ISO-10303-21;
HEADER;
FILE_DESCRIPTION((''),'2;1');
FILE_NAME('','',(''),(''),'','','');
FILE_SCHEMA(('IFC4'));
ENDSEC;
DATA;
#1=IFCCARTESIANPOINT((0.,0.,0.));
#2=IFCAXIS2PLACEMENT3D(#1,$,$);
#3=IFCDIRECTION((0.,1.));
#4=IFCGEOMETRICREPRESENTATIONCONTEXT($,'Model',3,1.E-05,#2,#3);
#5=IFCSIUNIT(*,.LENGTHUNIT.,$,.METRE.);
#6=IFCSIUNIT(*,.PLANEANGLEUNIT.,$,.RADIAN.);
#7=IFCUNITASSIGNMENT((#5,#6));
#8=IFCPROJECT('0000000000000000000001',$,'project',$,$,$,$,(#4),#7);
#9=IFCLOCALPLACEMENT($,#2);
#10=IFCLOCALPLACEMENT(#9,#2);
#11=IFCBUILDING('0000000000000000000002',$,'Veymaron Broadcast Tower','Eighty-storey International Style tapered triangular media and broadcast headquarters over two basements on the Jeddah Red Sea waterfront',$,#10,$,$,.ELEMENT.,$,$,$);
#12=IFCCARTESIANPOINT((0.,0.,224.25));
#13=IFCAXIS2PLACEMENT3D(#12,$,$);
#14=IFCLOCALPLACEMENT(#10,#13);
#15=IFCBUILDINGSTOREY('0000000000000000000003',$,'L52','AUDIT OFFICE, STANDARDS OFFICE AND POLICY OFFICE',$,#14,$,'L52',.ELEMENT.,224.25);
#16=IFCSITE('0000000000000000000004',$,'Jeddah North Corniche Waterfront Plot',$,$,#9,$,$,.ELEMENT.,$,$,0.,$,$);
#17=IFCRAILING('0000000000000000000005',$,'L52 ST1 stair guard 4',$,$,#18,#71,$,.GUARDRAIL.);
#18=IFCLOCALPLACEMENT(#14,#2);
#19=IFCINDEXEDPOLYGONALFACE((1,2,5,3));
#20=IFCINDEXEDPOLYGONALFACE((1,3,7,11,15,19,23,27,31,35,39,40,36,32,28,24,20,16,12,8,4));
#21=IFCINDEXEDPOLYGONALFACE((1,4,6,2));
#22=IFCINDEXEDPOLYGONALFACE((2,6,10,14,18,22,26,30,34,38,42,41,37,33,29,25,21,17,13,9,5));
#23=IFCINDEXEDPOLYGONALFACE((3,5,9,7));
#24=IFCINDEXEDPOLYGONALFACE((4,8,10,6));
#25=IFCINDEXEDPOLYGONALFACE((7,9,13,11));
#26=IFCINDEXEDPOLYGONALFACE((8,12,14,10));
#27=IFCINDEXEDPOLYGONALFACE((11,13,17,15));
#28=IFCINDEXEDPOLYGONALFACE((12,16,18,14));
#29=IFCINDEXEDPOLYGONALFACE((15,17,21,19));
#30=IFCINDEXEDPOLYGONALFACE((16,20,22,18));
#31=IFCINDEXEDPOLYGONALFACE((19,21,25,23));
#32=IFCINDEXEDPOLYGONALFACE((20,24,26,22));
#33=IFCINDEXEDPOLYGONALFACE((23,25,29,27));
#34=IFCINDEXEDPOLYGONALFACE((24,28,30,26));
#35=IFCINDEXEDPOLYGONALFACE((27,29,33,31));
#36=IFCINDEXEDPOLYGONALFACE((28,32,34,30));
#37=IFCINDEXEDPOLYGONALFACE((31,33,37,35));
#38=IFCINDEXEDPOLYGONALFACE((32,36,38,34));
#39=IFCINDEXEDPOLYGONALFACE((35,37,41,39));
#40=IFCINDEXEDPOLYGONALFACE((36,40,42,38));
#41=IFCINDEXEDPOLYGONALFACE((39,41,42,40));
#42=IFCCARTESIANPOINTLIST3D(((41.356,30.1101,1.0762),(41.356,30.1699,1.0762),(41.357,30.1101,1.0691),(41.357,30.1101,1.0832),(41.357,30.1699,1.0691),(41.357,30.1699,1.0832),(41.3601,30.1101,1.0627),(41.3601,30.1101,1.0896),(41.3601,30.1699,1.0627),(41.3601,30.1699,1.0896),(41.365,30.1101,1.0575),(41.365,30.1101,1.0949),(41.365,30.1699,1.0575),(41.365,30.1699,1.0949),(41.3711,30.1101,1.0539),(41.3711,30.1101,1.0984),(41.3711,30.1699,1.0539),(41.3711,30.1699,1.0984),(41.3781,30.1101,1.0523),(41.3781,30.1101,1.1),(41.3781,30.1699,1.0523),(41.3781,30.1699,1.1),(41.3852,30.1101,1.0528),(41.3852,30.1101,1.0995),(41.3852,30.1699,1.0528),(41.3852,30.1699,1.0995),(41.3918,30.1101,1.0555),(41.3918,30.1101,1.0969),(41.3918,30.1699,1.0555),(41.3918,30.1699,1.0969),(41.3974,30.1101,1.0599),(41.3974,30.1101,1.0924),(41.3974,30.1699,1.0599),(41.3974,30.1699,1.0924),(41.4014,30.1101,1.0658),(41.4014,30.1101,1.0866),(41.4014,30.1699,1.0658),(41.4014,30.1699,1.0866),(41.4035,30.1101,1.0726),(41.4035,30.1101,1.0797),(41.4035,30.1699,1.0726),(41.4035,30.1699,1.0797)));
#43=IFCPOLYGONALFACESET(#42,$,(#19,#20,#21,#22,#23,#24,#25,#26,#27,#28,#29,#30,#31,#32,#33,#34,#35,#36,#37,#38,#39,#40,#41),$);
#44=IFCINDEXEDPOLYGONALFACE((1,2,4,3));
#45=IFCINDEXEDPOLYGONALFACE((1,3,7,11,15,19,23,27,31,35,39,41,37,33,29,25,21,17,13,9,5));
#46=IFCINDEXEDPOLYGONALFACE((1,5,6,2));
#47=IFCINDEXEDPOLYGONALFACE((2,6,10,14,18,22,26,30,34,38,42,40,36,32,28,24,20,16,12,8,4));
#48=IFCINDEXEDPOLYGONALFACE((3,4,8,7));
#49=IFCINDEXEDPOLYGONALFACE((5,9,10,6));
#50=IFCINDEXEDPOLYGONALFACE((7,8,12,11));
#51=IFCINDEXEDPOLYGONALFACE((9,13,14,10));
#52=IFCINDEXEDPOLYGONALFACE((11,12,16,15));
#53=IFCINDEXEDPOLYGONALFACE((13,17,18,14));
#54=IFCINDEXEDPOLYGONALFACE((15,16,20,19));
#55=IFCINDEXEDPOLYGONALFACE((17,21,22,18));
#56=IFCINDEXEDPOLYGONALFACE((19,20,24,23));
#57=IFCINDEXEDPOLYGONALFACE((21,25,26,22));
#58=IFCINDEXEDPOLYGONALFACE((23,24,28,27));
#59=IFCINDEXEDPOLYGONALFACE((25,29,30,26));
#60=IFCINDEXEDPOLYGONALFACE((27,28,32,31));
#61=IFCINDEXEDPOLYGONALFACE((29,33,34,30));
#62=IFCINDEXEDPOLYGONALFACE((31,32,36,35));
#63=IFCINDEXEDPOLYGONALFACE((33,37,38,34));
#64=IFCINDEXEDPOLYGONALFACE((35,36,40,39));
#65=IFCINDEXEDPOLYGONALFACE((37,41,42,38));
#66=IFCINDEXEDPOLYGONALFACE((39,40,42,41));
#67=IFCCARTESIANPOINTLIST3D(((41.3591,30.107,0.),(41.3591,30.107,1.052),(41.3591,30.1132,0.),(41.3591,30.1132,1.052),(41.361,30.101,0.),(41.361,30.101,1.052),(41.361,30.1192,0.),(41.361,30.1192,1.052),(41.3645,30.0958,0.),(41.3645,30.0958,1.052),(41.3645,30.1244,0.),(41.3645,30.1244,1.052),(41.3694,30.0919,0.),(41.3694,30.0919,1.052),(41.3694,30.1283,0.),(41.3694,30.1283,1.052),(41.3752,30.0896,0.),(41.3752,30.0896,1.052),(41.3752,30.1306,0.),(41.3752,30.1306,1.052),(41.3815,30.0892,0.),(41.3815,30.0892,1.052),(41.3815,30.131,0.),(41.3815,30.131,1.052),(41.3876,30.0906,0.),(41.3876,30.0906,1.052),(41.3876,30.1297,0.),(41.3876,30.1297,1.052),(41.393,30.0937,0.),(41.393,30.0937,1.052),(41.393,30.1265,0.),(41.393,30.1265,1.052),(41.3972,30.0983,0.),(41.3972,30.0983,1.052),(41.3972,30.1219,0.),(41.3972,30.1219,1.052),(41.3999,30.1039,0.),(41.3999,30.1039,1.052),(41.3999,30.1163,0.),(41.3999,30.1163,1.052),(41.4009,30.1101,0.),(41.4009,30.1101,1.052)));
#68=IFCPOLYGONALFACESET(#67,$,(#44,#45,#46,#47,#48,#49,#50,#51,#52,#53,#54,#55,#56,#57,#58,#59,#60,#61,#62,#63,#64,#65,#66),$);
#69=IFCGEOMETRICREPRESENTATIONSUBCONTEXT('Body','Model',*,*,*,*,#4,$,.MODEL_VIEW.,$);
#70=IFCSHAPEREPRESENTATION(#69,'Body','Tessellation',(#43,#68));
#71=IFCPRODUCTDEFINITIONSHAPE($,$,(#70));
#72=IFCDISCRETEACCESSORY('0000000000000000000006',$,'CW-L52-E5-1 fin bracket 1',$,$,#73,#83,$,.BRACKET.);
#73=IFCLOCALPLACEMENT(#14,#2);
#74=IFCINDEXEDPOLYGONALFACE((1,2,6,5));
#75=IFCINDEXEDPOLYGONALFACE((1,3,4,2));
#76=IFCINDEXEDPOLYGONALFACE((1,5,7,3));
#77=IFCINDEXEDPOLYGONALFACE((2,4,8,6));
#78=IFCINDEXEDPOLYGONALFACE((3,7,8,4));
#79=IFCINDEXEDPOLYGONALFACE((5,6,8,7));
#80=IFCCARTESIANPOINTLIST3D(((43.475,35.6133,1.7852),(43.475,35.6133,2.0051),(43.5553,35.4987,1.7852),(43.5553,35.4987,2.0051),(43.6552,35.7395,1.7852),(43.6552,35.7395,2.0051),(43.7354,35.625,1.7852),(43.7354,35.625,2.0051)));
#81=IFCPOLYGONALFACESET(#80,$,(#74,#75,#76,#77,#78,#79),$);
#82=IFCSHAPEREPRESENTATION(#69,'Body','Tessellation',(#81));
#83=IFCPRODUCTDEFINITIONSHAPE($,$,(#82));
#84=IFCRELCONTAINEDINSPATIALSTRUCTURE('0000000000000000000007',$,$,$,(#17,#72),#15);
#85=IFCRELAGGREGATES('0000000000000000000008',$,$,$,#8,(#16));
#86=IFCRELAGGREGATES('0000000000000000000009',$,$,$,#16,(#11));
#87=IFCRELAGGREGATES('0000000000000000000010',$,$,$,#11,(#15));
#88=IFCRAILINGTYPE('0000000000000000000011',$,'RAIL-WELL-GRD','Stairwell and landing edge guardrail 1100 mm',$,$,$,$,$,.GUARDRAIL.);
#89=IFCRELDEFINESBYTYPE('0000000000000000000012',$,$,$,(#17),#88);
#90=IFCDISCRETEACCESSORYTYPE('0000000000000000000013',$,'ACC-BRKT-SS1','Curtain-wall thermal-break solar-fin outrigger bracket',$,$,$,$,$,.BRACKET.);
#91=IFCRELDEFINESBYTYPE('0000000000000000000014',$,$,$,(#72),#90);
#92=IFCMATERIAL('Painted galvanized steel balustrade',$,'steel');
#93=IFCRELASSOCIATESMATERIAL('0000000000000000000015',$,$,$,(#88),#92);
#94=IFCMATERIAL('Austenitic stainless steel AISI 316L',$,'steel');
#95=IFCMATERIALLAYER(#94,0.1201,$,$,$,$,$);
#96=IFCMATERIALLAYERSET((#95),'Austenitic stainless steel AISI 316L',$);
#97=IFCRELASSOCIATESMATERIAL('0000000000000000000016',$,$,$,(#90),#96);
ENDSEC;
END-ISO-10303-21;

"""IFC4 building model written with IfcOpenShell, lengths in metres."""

from ifc_helpers import new_model, si_unit, direction, frame, origin, origin_2d, place, context, subcontext, project, spatial, rectangle, circle, extrude, material, layer, layer_set, type_object, element, save


model = new_model("IFC4")

# Units and contexts
model_context = context("Model", 3, precision=1e-05, world=origin(), true_north=direction((0.0, 1.0)))
body_context = subcontext(model_context, "Body", "Model", "MODEL_VIEW")
ifc_project = project(units=[si_unit("LENGTHUNIT", "METRE"), si_unit("PLANEANGLEUNIT", "RADIAN")], contexts=[model_context])

# Site, building, storey
site_placement = place(None, origin())
site = spatial("IfcSite", under=ifc_project, at=site_placement, Name="Jeddah North Corniche Waterfront Plot", CompositionType="ELEMENT", RefElevation=0.0)
building_placement = place(site_placement, origin())
building = spatial("IfcBuilding", under=site, at=building_placement, Name="Veymaron Broadcast Tower", Description="Eighty-storey International Style tapered triangular media and broadcast headquarters over two basements on the Jeddah Red Sea waterfront", CompositionType="ELEMENT")
storey_placement = place(building_placement, frame((0.0, 0.0, 224.25)))
storey = spatial("IfcBuildingStorey", under=building, at=storey_placement, Name="L52", Description="AUDIT OFFICE, STANDARDS OFFICE AND POLICY OFFICE", LongName="L52", CompositionType="ELEMENT", Elevation=224.25)

# Railing
ifc_material_1 = material(Name="Painted galvanized steel balustrade", Category="steel")
railing_type_1 = type_object("IfcRailingType", Name="RAIL-WELL-GRD", Description="Stairwell and landing edge guardrail 1100 mm", PredefinedType="GUARDRAIL", material=ifc_material_1)
railing_1_placement = place(storey_placement, frame((41.3799, 30.1101, 0.0)))
element("IfcRailing", 1, at=railing_1_placement, inside=storey, type_object=railing_type_1, Name="L52 ST1 stair guard 4", PredefinedType="GUARDRAIL", context=body_context, shape_type="SweptSolid", body=[
    extrude(circle(Radius=0.0239, at=origin_2d()), frame((0.0, 0.0, 1.0762), z_axis=(0.0, 1.0, 0.0), x_axis=(-1.0, 0.0, 0.0)), (0.0, 0.0, 1.0), 0.0598),
    extrude(circle(Radius=0.021, at=origin_2d()), origin(), (0.0, 0.0, 1.0), 1.052),
])

# Discrete accessory
ifc_material_2 = material(Name="Austenitic stainless steel AISI 316L", Category="steel")
ifc_layer_1 = layer(ifc_material_2, 0.1201)
ifc_layer_set_1 = layer_set([ifc_layer_1], Name="Austenitic stainless steel AISI 316L")
discrete_accessory_type = type_object("IfcDiscreteAccessoryType", Name="ACC-BRKT-SS1", Description="Curtain-wall thermal-break solar-fin outrigger bracket", PredefinedType="BRACKET", material=ifc_layer_set_1)
discrete_accessory_placement = place(storey_placement, frame((43.6052, 35.6191, 1.7852), z_axis=(0.0, 0.0, 1.0), x_axis=(0.818922, 0.573905, 0.0)))
element("IfcDiscreteAccessory", 2, at=discrete_accessory_placement, inside=storey, type_object=discrete_accessory_type, Name="CW-L52-E5-1 fin bracket 1", PredefinedType="BRACKET", context=body_context, shape_type="SweptSolid", body=[
    extrude(rectangle(XDim=0.22, YDim=0.1399, at=origin_2d()), origin(), (0.0, 0.0, 1.0), 0.22),
])

save(model, "model.ifc")
